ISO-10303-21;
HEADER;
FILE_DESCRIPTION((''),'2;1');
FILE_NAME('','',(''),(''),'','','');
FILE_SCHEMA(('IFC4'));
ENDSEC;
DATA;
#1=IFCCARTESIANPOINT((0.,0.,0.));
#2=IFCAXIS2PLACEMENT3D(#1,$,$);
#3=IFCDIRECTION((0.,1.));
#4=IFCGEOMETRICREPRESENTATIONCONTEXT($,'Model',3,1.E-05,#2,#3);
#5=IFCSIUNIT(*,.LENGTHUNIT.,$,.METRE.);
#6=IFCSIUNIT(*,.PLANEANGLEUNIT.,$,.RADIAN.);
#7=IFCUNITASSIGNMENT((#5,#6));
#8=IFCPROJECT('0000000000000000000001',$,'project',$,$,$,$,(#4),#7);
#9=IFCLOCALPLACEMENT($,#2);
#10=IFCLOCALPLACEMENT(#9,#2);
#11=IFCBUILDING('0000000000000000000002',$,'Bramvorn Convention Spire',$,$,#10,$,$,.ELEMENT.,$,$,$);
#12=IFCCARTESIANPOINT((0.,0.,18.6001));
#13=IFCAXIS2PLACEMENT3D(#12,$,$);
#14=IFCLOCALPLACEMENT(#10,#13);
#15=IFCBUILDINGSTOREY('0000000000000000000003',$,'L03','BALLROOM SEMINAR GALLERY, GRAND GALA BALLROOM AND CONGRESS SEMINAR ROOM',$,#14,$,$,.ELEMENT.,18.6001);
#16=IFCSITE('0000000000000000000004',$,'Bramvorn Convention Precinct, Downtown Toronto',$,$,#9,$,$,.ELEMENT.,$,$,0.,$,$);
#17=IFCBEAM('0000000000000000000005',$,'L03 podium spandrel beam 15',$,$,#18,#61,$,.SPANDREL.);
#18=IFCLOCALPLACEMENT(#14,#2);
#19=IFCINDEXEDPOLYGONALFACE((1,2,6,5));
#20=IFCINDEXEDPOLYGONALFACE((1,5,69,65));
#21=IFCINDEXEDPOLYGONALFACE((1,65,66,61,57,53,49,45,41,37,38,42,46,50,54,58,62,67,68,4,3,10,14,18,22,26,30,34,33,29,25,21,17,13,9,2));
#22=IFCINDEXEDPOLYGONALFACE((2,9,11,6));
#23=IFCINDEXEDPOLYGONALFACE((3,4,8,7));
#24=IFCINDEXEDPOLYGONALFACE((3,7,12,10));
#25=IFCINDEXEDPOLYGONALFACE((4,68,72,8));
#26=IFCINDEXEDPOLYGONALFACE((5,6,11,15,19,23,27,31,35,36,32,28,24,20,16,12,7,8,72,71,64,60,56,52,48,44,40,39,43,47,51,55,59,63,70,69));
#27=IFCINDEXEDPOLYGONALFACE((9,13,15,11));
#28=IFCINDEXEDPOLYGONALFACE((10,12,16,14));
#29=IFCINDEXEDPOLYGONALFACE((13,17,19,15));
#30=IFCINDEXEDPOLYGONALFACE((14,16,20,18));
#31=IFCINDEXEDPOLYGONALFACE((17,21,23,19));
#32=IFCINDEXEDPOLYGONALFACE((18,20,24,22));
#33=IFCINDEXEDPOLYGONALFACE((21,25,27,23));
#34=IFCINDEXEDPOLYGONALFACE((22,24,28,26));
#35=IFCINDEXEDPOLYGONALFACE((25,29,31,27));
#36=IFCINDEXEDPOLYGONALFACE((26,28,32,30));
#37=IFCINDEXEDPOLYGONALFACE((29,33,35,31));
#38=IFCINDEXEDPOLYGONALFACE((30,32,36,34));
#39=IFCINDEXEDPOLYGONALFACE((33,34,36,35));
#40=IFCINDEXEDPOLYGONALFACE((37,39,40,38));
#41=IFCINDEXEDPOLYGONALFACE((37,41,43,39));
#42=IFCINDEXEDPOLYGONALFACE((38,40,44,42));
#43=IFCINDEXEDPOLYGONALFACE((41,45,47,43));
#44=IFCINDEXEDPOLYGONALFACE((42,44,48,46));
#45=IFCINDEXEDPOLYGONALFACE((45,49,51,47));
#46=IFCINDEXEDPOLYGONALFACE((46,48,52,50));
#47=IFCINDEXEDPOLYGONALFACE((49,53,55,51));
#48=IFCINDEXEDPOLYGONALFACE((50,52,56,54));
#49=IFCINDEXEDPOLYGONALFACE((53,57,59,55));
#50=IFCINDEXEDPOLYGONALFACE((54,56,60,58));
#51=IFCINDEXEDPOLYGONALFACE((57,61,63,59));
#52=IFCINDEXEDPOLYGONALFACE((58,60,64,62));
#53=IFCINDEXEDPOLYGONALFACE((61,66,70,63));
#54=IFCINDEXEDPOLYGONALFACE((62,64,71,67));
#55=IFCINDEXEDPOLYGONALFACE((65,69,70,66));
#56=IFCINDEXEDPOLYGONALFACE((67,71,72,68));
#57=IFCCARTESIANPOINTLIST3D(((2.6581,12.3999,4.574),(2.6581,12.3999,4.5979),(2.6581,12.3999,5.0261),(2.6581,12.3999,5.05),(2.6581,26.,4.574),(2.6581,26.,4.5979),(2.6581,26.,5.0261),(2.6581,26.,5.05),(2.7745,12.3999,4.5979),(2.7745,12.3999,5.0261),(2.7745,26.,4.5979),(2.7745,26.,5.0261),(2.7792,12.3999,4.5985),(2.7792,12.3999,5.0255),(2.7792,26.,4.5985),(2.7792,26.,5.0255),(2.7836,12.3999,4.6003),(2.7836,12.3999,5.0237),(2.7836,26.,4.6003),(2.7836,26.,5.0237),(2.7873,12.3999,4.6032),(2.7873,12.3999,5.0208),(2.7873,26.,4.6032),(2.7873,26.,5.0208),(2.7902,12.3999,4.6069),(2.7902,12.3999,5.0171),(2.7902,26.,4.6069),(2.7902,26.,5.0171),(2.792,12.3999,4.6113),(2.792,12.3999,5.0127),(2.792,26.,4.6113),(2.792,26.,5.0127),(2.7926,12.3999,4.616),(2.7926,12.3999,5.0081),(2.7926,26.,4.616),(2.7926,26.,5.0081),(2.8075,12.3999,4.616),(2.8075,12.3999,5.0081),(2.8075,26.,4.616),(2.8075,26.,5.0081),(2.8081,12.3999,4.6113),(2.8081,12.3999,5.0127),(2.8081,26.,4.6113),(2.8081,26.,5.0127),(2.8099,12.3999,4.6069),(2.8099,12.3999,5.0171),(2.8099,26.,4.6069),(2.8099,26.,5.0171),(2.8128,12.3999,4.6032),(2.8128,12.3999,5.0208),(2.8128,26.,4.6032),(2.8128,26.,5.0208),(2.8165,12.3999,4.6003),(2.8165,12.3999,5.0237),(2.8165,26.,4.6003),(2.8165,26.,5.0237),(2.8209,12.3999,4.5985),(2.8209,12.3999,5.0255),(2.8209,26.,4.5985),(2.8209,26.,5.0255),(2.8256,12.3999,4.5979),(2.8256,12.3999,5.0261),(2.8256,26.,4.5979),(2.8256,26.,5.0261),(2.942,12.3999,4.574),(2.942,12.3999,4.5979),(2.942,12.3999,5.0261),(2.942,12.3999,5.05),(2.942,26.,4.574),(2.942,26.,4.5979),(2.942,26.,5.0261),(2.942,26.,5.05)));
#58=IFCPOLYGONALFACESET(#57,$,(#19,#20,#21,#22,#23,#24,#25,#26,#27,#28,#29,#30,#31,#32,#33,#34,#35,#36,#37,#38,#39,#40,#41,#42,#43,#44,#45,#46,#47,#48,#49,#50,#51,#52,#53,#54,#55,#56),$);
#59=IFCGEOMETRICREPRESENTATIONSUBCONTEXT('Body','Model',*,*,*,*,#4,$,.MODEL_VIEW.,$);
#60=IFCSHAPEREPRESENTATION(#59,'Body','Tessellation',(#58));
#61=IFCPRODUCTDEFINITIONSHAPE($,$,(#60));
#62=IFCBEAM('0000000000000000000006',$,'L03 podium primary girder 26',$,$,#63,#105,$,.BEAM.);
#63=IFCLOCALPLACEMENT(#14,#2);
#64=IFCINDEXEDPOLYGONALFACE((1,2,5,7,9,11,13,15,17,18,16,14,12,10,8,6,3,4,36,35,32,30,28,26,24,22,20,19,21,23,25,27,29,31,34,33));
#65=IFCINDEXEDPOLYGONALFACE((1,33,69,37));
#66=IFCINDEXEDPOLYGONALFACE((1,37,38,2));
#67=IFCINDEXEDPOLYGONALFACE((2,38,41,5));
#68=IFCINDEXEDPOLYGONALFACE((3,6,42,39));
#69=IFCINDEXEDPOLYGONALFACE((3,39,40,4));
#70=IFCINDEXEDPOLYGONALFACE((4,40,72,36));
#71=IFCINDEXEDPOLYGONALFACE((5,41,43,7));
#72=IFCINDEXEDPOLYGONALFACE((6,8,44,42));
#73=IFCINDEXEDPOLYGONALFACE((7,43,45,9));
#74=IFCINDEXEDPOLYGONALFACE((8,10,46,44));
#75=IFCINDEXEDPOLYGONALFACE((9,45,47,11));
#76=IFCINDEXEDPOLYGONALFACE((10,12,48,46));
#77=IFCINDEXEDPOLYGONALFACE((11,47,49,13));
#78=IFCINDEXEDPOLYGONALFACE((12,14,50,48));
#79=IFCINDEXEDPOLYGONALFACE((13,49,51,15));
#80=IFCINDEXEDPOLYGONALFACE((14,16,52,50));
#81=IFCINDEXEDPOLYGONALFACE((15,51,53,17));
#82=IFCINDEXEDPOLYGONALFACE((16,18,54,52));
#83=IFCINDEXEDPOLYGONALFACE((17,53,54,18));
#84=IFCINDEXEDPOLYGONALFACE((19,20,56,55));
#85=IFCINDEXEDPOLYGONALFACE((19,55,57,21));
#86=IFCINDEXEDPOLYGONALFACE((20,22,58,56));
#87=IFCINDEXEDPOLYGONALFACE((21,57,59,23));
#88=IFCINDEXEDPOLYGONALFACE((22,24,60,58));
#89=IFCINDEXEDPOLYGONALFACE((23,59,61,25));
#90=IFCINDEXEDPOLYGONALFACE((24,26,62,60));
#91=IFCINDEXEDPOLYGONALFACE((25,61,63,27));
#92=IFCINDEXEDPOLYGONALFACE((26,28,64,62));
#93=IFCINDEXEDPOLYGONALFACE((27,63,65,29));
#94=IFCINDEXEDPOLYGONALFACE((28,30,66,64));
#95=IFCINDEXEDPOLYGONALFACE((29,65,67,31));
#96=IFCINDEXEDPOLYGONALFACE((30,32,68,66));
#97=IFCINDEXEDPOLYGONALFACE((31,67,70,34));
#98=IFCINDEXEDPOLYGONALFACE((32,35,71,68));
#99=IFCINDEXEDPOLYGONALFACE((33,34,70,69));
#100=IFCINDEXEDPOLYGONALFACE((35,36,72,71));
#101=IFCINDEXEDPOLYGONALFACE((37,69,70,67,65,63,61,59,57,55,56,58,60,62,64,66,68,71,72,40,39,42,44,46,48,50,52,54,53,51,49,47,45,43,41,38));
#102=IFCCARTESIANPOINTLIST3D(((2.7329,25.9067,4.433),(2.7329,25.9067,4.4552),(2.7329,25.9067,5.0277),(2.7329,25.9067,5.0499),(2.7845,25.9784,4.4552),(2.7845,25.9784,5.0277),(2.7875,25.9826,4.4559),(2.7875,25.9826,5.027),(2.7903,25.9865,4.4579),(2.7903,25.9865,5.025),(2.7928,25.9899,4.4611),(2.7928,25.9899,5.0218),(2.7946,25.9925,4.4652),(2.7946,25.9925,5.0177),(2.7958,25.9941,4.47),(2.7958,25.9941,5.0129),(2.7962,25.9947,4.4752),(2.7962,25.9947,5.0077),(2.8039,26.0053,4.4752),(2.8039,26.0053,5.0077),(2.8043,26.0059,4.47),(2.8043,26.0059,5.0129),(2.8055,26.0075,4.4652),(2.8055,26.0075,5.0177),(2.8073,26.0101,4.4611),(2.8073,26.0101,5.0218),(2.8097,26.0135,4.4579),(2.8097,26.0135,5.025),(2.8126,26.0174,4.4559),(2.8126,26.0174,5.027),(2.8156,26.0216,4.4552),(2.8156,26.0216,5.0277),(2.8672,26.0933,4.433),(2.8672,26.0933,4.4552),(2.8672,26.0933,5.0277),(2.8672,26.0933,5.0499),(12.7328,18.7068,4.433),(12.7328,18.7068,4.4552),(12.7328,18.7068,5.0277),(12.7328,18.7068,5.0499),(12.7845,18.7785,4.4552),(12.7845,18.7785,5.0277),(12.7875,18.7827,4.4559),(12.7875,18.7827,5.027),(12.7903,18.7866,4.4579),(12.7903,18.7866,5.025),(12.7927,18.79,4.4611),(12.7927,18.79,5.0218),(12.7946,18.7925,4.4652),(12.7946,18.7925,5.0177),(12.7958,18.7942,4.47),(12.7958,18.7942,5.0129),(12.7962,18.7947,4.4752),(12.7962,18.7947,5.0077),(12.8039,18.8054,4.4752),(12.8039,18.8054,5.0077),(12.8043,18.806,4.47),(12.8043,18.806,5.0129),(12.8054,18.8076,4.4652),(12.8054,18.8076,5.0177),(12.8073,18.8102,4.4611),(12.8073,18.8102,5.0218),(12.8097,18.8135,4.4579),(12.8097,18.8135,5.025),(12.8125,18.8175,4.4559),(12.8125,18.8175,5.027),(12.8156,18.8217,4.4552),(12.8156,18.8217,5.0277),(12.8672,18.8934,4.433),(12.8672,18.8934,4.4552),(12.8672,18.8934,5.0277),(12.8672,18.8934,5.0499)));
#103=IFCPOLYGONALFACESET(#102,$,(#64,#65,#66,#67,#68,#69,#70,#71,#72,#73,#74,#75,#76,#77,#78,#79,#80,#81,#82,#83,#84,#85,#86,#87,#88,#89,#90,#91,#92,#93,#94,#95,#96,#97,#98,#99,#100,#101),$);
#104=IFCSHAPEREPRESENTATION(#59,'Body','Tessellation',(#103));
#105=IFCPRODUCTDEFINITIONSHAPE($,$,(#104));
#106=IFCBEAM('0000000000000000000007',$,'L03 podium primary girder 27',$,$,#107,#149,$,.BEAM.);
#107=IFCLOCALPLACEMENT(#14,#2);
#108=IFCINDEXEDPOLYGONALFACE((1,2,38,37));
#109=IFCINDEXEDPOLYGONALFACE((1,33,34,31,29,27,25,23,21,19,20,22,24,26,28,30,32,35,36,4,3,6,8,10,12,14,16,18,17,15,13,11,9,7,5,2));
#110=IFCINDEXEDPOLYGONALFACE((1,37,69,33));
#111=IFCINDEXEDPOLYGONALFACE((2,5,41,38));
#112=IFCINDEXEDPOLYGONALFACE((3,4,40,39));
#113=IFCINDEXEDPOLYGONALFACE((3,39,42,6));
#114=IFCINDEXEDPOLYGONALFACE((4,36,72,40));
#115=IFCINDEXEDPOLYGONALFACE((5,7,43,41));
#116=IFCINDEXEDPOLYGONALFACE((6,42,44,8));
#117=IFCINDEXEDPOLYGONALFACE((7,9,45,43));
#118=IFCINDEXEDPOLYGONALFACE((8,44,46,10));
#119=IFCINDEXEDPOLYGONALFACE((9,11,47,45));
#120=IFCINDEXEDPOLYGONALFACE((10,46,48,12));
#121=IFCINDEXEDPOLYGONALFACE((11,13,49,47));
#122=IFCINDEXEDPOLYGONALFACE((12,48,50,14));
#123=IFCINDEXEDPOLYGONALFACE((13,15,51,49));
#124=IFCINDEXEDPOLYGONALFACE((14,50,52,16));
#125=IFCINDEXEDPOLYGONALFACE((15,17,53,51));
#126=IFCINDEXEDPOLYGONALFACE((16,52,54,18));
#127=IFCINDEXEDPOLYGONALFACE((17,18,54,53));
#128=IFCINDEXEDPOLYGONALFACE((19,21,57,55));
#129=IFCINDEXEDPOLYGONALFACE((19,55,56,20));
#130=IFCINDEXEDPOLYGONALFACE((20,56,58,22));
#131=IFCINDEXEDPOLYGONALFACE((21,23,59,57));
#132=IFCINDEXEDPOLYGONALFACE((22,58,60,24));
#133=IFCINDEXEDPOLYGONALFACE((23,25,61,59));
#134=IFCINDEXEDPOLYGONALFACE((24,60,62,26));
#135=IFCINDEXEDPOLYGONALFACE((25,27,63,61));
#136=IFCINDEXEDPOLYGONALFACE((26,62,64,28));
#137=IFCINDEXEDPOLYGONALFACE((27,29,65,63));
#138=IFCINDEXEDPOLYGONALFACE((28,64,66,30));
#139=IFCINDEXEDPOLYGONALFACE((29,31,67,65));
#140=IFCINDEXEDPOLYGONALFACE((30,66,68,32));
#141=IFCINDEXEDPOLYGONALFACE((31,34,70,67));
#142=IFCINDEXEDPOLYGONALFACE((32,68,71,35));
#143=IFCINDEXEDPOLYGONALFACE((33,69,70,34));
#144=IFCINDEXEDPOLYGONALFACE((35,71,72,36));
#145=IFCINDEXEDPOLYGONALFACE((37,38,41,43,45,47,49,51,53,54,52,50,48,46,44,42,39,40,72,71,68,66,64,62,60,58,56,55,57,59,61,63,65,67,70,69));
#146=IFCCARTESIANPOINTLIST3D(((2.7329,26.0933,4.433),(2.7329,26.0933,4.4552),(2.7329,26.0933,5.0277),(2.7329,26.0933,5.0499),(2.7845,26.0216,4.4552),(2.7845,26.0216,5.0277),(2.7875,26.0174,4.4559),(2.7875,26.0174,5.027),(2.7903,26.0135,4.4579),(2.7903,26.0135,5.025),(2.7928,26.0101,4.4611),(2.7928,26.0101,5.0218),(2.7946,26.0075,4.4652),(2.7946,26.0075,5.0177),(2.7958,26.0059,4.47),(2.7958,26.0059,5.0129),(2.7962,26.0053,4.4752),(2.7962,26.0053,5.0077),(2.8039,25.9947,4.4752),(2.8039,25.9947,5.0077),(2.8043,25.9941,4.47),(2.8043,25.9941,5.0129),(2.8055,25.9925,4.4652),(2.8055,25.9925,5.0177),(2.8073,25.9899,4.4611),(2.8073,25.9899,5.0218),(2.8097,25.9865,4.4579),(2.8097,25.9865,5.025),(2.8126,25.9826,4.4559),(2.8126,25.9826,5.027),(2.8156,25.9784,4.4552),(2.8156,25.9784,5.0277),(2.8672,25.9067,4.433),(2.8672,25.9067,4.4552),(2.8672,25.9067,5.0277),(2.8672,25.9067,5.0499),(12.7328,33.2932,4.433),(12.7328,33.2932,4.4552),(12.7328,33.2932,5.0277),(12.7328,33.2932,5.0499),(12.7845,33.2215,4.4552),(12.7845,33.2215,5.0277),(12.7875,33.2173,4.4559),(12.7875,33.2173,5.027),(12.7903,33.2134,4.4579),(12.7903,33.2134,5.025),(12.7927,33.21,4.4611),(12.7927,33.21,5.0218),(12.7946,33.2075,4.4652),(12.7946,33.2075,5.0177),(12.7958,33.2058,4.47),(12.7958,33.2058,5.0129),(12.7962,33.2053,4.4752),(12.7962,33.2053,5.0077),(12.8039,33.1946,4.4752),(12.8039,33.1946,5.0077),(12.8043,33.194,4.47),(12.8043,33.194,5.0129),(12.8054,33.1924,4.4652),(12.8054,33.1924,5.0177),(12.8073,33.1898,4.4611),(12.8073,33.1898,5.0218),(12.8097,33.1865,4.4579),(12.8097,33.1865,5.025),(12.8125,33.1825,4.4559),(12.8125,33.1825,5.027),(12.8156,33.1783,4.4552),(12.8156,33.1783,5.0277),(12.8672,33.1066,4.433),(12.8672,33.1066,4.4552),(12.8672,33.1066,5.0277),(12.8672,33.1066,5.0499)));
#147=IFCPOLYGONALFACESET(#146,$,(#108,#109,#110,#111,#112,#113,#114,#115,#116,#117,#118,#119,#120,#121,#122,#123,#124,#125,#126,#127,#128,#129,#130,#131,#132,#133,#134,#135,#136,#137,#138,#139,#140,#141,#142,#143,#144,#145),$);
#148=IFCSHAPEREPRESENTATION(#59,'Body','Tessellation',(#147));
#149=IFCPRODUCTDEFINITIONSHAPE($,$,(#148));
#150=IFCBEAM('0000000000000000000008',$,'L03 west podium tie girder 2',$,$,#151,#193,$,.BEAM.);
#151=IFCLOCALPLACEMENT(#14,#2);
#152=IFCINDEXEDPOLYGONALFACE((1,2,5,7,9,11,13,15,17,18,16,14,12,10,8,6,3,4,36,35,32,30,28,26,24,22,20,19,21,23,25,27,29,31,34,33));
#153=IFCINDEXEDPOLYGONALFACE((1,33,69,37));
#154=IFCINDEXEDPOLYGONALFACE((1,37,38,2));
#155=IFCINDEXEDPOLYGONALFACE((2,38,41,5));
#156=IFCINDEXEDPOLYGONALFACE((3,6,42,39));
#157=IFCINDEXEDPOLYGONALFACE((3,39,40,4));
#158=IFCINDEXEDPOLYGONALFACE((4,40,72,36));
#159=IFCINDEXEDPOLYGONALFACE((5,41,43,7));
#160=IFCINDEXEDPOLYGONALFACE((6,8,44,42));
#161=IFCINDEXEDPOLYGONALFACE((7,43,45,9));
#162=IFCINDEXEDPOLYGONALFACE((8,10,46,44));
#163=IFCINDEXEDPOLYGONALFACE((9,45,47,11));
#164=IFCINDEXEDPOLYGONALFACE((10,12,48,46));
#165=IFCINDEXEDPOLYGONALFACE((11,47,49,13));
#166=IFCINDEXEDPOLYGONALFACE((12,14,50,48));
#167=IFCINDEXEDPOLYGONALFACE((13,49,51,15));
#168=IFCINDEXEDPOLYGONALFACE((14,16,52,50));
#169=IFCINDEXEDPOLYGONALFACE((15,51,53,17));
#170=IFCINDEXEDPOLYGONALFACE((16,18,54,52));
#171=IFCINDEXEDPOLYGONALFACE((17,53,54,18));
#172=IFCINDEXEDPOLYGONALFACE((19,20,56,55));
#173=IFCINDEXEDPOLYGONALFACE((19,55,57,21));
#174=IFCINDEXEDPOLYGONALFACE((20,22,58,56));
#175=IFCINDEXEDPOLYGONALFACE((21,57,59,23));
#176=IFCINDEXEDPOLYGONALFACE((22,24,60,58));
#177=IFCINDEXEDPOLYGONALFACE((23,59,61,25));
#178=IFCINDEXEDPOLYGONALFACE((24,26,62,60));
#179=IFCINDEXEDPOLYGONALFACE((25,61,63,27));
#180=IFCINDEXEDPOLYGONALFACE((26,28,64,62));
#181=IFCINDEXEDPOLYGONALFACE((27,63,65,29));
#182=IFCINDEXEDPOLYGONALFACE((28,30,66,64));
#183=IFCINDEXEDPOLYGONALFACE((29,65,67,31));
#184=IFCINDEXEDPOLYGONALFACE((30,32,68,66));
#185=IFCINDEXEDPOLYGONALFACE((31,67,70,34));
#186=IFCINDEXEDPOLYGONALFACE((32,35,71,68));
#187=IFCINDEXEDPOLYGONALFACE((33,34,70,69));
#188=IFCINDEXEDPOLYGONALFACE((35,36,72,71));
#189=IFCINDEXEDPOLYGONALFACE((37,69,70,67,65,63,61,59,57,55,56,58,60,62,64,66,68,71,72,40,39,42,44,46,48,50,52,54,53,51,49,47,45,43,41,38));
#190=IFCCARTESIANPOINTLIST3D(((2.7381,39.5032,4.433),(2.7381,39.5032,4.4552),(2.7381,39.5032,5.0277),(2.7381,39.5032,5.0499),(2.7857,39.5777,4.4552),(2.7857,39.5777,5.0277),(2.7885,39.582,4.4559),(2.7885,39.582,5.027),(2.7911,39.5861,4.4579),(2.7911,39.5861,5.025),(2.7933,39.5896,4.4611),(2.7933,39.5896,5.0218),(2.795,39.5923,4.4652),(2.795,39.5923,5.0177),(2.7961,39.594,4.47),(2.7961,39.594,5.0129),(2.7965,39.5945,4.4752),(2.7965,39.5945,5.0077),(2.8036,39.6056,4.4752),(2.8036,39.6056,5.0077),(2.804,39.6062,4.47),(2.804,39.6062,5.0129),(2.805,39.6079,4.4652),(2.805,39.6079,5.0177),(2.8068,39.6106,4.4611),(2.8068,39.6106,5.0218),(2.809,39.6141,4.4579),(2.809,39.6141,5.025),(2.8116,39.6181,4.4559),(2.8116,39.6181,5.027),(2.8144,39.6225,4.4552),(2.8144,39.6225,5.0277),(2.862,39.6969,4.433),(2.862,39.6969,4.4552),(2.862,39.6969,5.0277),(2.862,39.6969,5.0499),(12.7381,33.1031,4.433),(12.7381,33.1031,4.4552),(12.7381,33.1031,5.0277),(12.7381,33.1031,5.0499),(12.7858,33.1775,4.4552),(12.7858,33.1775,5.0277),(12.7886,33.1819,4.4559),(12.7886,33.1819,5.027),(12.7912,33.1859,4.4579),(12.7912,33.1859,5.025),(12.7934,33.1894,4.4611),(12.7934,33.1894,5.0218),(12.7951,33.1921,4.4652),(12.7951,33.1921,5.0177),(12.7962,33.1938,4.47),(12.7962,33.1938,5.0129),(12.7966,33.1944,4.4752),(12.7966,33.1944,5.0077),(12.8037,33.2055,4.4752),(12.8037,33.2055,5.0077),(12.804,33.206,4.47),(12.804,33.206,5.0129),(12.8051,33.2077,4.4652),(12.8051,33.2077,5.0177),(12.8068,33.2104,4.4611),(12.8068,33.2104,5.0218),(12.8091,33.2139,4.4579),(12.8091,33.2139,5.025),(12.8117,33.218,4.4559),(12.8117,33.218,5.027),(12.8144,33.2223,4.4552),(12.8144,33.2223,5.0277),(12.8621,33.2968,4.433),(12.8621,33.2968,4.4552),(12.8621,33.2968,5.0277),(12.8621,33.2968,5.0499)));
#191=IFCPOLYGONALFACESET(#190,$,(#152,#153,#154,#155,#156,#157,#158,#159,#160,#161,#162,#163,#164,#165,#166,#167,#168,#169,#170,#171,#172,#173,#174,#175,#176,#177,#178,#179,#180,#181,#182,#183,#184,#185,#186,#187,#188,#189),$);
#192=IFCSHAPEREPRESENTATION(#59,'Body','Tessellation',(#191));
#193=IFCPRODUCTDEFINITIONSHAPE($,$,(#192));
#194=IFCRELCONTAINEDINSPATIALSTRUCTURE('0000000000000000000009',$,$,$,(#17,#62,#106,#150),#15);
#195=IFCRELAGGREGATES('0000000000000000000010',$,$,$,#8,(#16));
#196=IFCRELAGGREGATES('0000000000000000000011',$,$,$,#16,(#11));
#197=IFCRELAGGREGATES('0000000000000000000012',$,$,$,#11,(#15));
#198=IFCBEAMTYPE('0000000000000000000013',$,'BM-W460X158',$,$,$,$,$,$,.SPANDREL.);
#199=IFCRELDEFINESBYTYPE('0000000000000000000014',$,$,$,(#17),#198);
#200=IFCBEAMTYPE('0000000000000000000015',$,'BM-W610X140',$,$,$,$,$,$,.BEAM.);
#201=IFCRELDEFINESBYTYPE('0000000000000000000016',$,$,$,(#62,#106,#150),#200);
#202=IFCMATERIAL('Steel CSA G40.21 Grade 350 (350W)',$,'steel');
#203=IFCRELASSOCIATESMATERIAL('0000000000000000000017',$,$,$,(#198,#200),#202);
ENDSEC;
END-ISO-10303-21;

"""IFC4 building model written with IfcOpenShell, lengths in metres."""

from ifc_helpers import new_model, si_unit, direction, frame, origin, origin_2d, place, context, subcontext, project, spatial, i_section, extrude, material, material_profile, profile_set, type_object, element, save


model = new_model("IFC4")

# Units and contexts
model_context = context("Model", 3, precision=1e-05, world=origin(), true_north=direction((0.0, 1.0)))
body_context = subcontext(model_context, "Body", "Model", "MODEL_VIEW")
ifc_project = project(units=[si_unit("LENGTHUNIT", "METRE"), si_unit("PLANEANGLEUNIT", "RADIAN")], contexts=[model_context])

# Site, building, storey
site_placement = place(None, origin())
site = spatial("IfcSite", under=ifc_project, at=site_placement, Name="Bramvorn Convention Precinct, Downtown Toronto", CompositionType="ELEMENT", RefElevation=0.0)
building_placement = place(site_placement, origin())
building = spatial("IfcBuilding", under=site, at=building_placement, Name="Bramvorn Convention Spire", CompositionType="ELEMENT")
storey_placement = place(building_placement, frame((0.0, 0.0, 18.6001)))
storey = spatial("IfcBuildingStorey", under=building, at=storey_placement, Name="L03", Description="BALLROOM SEMINAR GALLERY, GRAND GALA BALLROOM AND CONGRESS SEMINAR ROOM", CompositionType="ELEMENT", Elevation=18.6001)

# Shared definitions
ifc_material_1 = material(Name="Steel CSA G40.21 Grade 350 (350W)", Category="steel")

# Beams
ifc_material_profile_1 = material_profile(ifc_material_1, i_section(OverallWidth=0.2839, OverallDepth=0.4761, WebThickness=0.0149, FlangeThickness=0.0239, FilletRadius=0.0181, at=origin_2d()))
ifc_profile_set_1 = profile_set([ifc_material_profile_1], Name="Steel CSA G40.21 Grade 350 (350W) - W460X158")
beam_type_1 = type_object("IfcBeamType", Name="BM-W460X158", PredefinedType="SPANDREL", material=ifc_profile_set_1)
for number, where, z_axis, x_axis, name in (
    (1, (2.8, 26.0, 4.812), (0.0, -1.0, 0.0), (1.0, 0.0, 0.0), "L03 podium spandrel beam 15"),
):
    element("IfcBeam", number, at=place(storey_placement, frame(where, z_axis=z_axis, x_axis=x_axis)), inside=storey, type_object=beam_type_1, Name=name, PredefinedType="SPANDREL", context=body_context, shape_type="SweptSolid", body=[
        extrude(i_section(OverallWidth=0.2839, OverallDepth=0.4761, WebThickness=0.0149, FlangeThickness=0.0239, FilletRadius=0.0181, at=origin_2d()), origin(), (0.0, 0.0, 1.0), 13.6001),
    ])
ifc_material_profile_2 = material_profile(ifc_material_1, i_section(OverallWidth=0.23, OverallDepth=0.6169, WebThickness=0.0132, FlangeThickness=0.0222, FilletRadius=0.02, at=origin_2d()))
ifc_profile_set_2 = profile_set([ifc_material_profile_2], Name="Steel CSA G40.21 Grade 350 (350W) - W610X140")
beam_type_2 = type_object("IfcBeamType", Name="BM-W610X140", PredefinedType="BEAM", material=ifc_profile_set_2)
for number, where, z_axis, x_axis, name in (
    (2, (2.8, 26.0, 4.7415), (0.811536, -0.584302, 0.0), (0.584302, 0.811536, 0.0), "L03 podium primary girder 26"),
    (3, (2.8, 26.0, 4.7415), (0.811536, 0.584302, 0.0), (-0.584302, 0.811536, 0.0), "L03 podium primary girder 27"),
):
    element("IfcBeam", number, at=place(storey_placement, frame(where, z_axis=z_axis, x_axis=x_axis)), inside=storey, type_object=beam_type_2, Name=name, PredefinedType="BEAM", context=body_context, shape_type="SweptSolid", body=[
        extrude(i_section(OverallWidth=0.23, OverallDepth=0.6169, WebThickness=0.0132, FlangeThickness=0.0222, FilletRadius=0.02, at=origin_2d()), origin(), (0.0, 0.0, 1.0), 12.3223),
    ])
beam_1_placement = place(storey_placement, frame((2.8, 39.6001, 4.7415), z_axis=(0.842266, -0.539062, 0.0), x_axis=(0.539062, 0.842266, 0.0)))
element("IfcBeam", 4, at=beam_1_placement, inside=storey, type_object=beam_type_2, Name="L03 west podium tie girder 2", PredefinedType="BEAM", context=body_context, shape_type="SweptSolid", body=[
    extrude(i_section(OverallWidth=0.23, OverallDepth=0.6169, WebThickness=0.0132, FlangeThickness=0.0222, FilletRadius=0.02, at=origin_2d()), origin(), (0.0, 0.0, 1.0), 11.8728),
])

save(model, "model.ifc")
